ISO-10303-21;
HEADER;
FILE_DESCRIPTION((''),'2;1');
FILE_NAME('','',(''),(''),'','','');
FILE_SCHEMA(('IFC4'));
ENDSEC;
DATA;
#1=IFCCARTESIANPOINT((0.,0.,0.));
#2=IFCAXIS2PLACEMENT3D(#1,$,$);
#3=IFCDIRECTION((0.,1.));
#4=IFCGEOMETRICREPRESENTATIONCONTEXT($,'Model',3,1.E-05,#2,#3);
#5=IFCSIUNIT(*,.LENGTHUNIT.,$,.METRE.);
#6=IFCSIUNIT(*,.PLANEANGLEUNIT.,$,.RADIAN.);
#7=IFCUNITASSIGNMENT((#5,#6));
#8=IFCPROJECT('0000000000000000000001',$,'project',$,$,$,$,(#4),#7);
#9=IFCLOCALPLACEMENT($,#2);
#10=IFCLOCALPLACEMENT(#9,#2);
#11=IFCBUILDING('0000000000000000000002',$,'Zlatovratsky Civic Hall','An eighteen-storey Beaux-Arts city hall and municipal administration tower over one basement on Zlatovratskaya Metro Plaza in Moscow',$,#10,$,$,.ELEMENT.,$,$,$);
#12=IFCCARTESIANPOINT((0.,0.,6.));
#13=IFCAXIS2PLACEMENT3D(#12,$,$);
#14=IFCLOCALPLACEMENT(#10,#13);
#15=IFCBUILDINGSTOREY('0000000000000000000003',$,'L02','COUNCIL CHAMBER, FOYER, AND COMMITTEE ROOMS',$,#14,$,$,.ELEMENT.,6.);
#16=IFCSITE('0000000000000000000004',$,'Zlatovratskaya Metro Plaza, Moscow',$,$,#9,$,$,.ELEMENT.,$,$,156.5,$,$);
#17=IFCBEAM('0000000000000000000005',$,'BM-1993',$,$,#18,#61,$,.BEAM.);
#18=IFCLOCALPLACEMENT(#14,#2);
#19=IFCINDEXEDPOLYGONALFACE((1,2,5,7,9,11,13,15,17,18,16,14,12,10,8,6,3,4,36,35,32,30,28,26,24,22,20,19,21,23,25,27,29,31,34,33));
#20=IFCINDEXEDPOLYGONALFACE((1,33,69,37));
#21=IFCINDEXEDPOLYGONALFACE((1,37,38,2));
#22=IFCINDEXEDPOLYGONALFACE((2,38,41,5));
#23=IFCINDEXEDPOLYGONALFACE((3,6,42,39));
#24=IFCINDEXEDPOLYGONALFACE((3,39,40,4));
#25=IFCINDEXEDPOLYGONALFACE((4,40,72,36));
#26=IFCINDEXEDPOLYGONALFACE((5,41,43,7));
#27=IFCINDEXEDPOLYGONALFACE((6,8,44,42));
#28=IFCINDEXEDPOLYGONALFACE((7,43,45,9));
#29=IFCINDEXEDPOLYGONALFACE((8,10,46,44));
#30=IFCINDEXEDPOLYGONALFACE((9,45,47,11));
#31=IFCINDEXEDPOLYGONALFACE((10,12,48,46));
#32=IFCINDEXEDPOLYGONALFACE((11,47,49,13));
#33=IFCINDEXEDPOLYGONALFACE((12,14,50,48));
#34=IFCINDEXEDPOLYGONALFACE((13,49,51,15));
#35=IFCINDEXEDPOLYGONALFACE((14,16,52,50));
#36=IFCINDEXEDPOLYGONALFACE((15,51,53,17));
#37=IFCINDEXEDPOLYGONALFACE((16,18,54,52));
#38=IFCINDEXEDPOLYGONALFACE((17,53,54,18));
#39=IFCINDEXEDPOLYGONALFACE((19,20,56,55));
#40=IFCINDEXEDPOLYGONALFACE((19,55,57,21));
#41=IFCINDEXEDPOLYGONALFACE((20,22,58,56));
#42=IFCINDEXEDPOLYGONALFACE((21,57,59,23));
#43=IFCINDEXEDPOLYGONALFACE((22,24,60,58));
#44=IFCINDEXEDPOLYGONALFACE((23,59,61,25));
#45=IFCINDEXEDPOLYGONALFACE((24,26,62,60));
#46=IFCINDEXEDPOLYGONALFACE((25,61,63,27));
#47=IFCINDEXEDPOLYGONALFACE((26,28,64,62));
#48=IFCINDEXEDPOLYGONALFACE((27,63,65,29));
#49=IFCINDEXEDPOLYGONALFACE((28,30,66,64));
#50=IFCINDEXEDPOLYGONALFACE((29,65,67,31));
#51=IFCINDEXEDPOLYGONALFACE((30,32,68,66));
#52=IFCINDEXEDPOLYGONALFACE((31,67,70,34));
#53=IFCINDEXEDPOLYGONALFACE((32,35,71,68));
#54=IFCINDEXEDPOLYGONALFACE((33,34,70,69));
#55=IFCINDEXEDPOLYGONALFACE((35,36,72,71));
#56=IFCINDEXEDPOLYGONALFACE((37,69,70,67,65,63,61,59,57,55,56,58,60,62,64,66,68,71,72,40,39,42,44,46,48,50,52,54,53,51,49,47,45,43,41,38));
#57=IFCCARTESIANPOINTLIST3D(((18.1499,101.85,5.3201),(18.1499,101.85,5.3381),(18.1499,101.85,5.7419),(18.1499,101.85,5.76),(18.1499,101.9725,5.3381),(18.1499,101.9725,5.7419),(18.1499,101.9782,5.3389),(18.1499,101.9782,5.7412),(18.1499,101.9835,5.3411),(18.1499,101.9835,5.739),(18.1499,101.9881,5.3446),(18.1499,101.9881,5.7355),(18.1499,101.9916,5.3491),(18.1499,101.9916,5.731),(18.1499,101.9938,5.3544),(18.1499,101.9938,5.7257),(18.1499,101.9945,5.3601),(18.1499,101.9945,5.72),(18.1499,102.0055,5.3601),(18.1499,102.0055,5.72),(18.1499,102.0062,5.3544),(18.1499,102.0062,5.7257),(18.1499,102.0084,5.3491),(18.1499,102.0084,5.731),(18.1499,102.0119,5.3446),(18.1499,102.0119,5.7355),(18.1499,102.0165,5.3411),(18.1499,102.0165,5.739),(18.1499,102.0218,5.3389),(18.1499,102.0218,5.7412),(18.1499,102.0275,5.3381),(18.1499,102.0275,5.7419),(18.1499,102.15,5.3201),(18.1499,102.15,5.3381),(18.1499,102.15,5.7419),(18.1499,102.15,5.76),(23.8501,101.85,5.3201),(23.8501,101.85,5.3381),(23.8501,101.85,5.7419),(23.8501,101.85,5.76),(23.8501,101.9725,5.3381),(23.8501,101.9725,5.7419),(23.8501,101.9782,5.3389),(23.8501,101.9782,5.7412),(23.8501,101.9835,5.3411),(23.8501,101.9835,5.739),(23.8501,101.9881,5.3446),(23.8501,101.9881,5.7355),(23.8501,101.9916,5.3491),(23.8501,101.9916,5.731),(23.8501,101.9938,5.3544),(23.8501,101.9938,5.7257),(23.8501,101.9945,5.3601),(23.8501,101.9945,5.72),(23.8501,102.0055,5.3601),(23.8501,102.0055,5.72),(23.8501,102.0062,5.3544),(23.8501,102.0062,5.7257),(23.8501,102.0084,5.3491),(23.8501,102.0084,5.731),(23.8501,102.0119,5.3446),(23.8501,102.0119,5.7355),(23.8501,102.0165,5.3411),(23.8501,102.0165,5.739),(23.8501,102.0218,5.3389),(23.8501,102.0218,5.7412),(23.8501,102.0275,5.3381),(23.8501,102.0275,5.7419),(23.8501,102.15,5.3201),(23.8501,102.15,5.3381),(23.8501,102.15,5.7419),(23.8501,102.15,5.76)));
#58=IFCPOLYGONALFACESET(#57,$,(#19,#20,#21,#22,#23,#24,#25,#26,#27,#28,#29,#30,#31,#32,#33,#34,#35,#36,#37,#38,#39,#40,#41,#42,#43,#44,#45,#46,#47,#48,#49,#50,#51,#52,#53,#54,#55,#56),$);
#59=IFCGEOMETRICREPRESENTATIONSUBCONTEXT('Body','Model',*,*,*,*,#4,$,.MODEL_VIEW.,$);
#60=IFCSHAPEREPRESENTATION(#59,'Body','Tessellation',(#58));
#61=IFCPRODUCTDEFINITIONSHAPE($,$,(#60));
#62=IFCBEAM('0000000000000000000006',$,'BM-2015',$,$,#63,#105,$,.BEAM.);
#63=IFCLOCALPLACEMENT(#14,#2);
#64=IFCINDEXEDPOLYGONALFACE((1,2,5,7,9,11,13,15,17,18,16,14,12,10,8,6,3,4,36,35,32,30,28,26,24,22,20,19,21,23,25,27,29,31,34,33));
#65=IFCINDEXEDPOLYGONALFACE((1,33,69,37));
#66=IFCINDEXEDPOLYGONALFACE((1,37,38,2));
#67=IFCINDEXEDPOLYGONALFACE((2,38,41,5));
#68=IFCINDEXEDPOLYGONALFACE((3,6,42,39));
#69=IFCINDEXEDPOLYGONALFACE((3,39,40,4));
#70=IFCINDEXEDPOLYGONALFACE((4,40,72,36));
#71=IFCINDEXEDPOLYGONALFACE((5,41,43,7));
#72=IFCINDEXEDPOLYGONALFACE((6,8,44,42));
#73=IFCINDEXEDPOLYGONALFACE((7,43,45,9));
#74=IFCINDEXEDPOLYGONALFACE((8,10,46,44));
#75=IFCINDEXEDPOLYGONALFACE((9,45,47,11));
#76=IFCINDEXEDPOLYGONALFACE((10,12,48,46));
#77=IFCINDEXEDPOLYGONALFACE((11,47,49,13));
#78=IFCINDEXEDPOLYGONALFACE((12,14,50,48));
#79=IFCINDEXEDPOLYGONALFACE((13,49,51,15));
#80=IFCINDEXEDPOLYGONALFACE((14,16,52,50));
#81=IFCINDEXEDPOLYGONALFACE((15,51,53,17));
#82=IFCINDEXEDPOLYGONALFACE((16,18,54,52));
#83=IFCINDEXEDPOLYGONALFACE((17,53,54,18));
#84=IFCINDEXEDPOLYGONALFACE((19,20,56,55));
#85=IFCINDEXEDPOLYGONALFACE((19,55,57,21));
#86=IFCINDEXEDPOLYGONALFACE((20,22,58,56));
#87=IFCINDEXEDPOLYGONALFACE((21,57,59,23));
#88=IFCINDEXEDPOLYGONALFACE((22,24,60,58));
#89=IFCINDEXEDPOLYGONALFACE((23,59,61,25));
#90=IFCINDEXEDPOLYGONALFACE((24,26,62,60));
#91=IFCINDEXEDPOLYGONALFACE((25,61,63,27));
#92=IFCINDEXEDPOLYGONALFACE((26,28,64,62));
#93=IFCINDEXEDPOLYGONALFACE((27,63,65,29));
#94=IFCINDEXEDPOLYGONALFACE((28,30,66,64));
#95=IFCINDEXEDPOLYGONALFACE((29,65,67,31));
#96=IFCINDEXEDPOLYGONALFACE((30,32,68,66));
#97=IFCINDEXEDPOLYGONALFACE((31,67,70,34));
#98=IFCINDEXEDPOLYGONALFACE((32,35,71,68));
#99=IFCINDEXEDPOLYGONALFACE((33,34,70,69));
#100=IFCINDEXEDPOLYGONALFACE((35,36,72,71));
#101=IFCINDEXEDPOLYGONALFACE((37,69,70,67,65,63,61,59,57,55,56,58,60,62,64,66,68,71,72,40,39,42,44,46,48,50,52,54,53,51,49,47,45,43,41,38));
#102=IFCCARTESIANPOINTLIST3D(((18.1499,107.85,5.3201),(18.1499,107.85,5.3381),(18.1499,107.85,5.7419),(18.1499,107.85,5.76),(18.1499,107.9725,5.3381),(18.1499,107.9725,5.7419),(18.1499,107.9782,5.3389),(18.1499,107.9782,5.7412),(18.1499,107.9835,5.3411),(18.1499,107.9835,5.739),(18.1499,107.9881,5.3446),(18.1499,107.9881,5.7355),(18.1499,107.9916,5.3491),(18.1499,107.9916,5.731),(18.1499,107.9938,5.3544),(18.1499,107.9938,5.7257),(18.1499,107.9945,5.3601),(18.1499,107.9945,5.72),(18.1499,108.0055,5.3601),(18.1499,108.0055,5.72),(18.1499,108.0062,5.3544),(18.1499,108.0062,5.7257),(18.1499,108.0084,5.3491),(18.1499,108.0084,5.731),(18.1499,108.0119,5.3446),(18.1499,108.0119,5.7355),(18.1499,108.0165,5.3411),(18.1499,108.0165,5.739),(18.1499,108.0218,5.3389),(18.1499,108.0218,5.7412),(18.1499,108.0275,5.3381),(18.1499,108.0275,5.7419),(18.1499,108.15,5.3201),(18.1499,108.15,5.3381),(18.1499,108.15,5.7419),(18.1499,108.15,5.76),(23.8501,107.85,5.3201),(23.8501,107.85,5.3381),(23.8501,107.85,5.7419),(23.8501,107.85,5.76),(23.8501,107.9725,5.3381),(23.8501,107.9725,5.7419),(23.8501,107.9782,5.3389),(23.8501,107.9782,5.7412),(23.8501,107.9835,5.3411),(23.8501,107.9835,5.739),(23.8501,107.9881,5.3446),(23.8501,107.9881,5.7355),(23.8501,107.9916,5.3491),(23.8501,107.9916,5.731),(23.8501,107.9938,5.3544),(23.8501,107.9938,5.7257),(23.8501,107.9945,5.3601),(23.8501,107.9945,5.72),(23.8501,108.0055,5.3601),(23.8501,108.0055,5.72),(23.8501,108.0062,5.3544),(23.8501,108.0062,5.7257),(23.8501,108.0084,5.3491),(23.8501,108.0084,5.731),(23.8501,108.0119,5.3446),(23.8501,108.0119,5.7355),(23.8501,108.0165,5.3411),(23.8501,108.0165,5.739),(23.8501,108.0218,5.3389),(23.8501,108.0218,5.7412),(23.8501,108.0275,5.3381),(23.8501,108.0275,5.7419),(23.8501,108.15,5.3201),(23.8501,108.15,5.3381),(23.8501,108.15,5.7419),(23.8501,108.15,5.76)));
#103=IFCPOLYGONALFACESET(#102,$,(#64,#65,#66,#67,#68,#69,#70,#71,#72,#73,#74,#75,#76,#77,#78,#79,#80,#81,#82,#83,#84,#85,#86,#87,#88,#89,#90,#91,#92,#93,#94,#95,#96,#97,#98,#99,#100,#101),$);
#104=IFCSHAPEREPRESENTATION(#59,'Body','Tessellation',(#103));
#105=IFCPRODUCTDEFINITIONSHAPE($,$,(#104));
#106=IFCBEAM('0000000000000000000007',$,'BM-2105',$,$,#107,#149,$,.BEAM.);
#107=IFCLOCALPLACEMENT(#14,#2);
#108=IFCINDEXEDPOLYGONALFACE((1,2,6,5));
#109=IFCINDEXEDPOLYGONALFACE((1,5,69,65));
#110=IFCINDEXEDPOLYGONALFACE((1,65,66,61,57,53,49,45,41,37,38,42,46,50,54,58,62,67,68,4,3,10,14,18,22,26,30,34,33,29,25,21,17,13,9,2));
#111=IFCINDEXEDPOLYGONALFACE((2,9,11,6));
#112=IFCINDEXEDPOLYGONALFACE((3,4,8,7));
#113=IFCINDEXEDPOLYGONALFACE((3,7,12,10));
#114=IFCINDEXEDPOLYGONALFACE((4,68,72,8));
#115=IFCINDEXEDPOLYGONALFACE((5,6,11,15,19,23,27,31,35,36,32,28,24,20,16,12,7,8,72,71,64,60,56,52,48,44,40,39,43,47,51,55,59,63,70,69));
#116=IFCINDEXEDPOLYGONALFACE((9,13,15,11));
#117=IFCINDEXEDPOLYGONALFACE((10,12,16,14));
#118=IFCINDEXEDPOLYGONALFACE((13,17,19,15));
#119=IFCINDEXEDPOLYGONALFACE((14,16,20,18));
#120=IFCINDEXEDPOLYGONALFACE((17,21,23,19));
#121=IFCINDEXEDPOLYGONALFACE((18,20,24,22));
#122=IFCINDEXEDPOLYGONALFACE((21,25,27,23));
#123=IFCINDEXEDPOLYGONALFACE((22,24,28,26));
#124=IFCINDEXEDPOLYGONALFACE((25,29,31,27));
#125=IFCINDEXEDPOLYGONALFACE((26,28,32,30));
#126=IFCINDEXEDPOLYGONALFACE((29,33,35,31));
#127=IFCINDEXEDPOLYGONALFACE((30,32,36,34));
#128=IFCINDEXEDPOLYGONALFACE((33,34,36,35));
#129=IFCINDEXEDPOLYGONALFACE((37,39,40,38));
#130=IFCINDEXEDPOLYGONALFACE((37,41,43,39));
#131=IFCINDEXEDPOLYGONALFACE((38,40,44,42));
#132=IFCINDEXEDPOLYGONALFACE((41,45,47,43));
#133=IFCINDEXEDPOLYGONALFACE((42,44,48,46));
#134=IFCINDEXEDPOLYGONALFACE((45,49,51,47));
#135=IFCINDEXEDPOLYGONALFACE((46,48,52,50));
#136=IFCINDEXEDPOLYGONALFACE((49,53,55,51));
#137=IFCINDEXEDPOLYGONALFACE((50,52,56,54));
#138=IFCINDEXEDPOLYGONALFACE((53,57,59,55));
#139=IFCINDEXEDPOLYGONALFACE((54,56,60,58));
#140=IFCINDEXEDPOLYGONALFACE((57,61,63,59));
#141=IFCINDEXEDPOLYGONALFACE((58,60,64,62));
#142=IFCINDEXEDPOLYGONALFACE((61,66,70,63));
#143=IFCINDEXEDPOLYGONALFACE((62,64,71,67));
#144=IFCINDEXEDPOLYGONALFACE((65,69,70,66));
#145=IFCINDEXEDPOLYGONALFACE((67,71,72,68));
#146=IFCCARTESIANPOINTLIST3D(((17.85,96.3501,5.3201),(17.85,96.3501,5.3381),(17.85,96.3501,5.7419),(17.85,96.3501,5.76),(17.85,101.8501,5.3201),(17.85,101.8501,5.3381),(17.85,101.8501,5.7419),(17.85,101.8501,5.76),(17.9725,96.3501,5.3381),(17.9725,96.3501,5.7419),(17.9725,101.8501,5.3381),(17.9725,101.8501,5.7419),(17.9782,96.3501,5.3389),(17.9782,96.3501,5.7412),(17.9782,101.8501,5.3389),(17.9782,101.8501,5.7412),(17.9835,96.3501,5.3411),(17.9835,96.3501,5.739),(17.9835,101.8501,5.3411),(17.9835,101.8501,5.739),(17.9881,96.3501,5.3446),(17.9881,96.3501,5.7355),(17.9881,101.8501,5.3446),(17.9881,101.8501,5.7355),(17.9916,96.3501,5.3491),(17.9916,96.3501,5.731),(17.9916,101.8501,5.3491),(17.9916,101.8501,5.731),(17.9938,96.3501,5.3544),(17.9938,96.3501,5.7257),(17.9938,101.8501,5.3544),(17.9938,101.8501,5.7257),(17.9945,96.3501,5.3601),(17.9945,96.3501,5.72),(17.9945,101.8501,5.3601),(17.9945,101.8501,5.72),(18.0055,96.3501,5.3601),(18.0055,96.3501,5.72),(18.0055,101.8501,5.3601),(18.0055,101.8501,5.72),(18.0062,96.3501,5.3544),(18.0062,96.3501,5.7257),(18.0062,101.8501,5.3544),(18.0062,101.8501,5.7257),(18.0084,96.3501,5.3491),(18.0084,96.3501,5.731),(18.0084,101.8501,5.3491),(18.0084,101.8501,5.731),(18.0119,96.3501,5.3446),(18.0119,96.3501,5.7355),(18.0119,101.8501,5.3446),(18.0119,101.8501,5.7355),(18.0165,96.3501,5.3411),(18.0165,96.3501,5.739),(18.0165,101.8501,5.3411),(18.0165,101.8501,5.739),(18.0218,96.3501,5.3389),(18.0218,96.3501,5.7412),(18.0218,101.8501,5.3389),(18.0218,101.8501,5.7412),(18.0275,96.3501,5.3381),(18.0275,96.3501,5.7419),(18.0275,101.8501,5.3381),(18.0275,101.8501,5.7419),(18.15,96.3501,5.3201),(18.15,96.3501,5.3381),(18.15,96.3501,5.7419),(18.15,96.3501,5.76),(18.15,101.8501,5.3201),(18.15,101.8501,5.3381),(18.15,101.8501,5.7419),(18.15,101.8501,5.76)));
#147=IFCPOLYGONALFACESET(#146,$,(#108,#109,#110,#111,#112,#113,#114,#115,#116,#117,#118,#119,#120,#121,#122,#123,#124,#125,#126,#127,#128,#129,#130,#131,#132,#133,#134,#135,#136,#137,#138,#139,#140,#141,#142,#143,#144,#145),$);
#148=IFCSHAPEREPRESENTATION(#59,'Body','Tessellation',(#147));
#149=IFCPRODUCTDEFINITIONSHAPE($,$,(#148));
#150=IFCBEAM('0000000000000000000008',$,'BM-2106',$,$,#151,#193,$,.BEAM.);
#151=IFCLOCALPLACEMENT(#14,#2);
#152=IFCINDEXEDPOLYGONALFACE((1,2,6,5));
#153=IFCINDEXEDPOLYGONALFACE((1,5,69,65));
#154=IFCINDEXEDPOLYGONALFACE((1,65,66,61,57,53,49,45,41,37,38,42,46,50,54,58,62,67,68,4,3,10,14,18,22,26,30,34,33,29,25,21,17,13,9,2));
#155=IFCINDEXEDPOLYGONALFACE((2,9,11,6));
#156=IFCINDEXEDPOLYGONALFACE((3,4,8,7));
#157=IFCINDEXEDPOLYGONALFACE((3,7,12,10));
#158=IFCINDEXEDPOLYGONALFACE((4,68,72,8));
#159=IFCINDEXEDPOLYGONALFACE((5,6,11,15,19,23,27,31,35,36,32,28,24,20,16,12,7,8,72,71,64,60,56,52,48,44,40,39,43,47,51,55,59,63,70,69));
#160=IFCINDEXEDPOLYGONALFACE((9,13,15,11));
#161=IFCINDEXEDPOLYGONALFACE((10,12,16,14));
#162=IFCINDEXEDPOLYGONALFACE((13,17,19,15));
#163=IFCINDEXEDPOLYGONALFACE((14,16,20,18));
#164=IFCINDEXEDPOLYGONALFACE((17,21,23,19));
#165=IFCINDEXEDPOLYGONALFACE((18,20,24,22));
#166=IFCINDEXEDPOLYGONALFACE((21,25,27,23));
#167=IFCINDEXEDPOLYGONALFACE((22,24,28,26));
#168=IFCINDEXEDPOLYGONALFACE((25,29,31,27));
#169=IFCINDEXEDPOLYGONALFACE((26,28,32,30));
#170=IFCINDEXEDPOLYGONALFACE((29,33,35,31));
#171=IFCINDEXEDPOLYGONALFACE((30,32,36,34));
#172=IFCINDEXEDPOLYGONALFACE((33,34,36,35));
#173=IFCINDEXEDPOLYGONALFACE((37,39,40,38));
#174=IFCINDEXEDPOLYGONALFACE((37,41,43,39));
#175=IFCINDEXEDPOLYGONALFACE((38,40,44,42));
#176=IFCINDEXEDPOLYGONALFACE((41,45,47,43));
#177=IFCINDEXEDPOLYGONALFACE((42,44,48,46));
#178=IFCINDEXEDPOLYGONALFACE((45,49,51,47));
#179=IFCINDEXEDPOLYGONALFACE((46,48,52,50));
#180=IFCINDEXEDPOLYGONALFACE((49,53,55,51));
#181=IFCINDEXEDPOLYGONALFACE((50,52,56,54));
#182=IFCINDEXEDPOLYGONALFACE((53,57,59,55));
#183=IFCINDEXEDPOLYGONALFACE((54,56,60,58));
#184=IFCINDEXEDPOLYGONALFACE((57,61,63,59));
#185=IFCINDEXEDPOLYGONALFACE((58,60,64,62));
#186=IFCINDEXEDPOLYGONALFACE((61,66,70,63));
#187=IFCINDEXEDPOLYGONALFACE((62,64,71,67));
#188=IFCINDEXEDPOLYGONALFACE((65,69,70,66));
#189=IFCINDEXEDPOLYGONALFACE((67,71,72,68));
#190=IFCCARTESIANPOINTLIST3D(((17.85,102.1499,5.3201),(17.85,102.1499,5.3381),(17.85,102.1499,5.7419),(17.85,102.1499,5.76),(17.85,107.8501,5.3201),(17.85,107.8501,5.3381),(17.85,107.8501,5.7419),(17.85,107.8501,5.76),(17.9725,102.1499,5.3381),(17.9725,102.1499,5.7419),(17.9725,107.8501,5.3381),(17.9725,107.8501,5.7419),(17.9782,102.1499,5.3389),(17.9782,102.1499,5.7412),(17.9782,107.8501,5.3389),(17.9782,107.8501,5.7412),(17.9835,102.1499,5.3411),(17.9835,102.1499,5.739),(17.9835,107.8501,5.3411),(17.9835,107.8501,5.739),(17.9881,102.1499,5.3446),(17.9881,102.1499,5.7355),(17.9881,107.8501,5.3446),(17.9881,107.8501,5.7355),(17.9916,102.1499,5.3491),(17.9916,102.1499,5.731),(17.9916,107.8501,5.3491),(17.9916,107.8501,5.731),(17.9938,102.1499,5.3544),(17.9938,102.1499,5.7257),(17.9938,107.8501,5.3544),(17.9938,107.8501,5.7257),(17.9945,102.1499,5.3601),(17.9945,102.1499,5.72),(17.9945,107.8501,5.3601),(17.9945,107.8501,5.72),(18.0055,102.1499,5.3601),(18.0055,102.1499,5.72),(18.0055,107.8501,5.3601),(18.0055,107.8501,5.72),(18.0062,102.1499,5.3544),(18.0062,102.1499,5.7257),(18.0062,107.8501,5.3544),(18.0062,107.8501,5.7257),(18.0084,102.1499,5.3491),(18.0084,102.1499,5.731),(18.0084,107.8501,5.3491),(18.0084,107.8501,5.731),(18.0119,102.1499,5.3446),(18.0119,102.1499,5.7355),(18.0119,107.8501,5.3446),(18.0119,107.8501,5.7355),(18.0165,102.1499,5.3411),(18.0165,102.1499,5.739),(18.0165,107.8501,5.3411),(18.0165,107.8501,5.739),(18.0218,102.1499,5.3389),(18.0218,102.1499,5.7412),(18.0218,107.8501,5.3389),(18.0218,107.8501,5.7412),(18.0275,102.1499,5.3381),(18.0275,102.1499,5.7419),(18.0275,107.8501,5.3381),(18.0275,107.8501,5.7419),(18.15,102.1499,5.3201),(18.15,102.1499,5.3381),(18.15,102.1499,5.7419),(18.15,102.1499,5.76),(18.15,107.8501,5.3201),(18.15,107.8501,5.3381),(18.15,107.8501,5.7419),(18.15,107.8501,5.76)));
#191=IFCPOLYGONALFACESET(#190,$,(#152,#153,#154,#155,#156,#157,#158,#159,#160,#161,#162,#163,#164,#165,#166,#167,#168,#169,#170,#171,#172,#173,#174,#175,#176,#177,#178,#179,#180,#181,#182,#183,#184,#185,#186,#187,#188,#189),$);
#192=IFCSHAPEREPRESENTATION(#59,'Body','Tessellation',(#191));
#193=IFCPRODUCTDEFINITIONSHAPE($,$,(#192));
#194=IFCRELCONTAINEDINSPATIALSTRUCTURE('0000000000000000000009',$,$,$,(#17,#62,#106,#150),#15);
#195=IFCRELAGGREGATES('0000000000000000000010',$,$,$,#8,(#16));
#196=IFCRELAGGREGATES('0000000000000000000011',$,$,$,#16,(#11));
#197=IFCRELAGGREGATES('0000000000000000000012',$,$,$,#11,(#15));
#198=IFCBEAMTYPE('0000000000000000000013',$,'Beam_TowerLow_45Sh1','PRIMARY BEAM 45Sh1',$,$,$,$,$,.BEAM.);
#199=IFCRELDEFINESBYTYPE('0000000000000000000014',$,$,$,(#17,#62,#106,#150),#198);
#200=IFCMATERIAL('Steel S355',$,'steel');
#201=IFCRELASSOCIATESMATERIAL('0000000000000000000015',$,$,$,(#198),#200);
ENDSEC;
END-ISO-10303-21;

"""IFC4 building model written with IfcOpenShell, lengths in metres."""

from ifc_helpers import new_model, si_unit, direction, frame, origin, origin_2d, place, context, subcontext, project, spatial, i_section, extrude, material, material_profile, profile_set, type_object, element, save


model = new_model("IFC4")

# Units and contexts
model_context = context("Model", 3, precision=1e-05, world=origin(), true_north=direction((0.0, 1.0)))
body_context = subcontext(model_context, "Body", "Model", "MODEL_VIEW")
ifc_project = project(units=[si_unit("LENGTHUNIT", "METRE"), si_unit("PLANEANGLEUNIT", "RADIAN")], contexts=[model_context])

# Site, building, storey
site_placement = place(None, origin())
site = spatial("IfcSite", under=ifc_project, at=site_placement, Name="Zlatovratskaya Metro Plaza, Moscow", CompositionType="ELEMENT", RefElevation=156.5)
building_placement = place(site_placement, origin())
building = spatial("IfcBuilding", under=site, at=building_placement, Name="Zlatovratsky Civic Hall", Description="An eighteen-storey Beaux-Arts city hall and municipal administration tower over one basement on Zlatovratskaya Metro Plaza in Moscow", CompositionType="ELEMENT")
storey_placement = place(building_placement, frame((0.0, 0.0, 6.0)))
storey = spatial("IfcBuildingStorey", under=building, at=storey_placement, Name="L02", Description="COUNCIL CHAMBER, FOYER, AND COMMITTEE ROOMS", CompositionType="ELEMENT", Elevation=6.0)

# Shared definitions
ifc_material_1 = material(Name="Steel S355", Category="steel")

# Beams
ifc_material_profile_1 = material_profile(ifc_material_1, i_section(OverallWidth=0.3, OverallDepth=0.4399, WebThickness=0.011, FlangeThickness=0.0181, FilletRadius=0.022, at=origin_2d()), Name="45Sh1")
ifc_profile_set_1 = profile_set([ifc_material_profile_1], Name="Steel S355")
beam_type_1 = type_object("IfcBeamType", Name="Beam_TowerLow_45Sh1", Description="PRIMARY BEAM 45Sh1", PredefinedType="BEAM", material=ifc_profile_set_1)
for number, where, z_axis, x_axis, name in (
    (1, (18.1499, 102.0, 5.54), (1.0, 0.0, 0.0), (0.0, 1.0, 0.0), "BM-1993"),
    (2, (18.1499, 108.0, 5.54), (1.0, 0.0, 0.0), (0.0, 1.0, 0.0), "BM-2015"),
):
    element("IfcBeam", number, at=place(storey_placement, frame(where, z_axis=z_axis, x_axis=x_axis)), inside=storey, type_object=beam_type_1, Name=name, PredefinedType="BEAM", context=body_context, shape_type="SweptSolid", body=[
        extrude(i_section(OverallWidth=0.3, OverallDepth=0.4399, WebThickness=0.011, FlangeThickness=0.0181, FilletRadius=0.022, at=origin_2d()), origin(), (0.0, 0.0, 1.0), 5.7002),
    ])
beam_1_placement = place(storey_placement, frame((18.0, 96.3501, 5.54), z_axis=(0.0, 1.0, 0.0), x_axis=(-1.0, 0.0, 0.0)))
element("IfcBeam", 3, at=beam_1_placement, inside=storey, type_object=beam_type_1, Name="BM-2105", PredefinedType="BEAM", context=body_context, shape_type="SweptSolid", body=[
    extrude(i_section(OverallWidth=0.3, OverallDepth=0.4399, WebThickness=0.011, FlangeThickness=0.0181, FilletRadius=0.022, at=origin_2d()), origin(), (0.0, 0.0, 1.0), 5.5),
])
beam_2_placement = place(storey_placement, frame((18.0, 102.1499, 5.54), z_axis=(0.0, 1.0, 0.0), x_axis=(-1.0, 0.0, 0.0)))
element("IfcBeam", 4, at=beam_2_placement, inside=storey, type_object=beam_type_1, Name="BM-2106", PredefinedType="BEAM", context=body_context, shape_type="SweptSolid", body=[
    extrude(i_section(OverallWidth=0.3, OverallDepth=0.4399, WebThickness=0.011, FlangeThickness=0.0181, FilletRadius=0.022, at=origin_2d()), origin(), (0.0, 0.0, 1.0), 5.7002),
])

save(model, "model.ifc")
